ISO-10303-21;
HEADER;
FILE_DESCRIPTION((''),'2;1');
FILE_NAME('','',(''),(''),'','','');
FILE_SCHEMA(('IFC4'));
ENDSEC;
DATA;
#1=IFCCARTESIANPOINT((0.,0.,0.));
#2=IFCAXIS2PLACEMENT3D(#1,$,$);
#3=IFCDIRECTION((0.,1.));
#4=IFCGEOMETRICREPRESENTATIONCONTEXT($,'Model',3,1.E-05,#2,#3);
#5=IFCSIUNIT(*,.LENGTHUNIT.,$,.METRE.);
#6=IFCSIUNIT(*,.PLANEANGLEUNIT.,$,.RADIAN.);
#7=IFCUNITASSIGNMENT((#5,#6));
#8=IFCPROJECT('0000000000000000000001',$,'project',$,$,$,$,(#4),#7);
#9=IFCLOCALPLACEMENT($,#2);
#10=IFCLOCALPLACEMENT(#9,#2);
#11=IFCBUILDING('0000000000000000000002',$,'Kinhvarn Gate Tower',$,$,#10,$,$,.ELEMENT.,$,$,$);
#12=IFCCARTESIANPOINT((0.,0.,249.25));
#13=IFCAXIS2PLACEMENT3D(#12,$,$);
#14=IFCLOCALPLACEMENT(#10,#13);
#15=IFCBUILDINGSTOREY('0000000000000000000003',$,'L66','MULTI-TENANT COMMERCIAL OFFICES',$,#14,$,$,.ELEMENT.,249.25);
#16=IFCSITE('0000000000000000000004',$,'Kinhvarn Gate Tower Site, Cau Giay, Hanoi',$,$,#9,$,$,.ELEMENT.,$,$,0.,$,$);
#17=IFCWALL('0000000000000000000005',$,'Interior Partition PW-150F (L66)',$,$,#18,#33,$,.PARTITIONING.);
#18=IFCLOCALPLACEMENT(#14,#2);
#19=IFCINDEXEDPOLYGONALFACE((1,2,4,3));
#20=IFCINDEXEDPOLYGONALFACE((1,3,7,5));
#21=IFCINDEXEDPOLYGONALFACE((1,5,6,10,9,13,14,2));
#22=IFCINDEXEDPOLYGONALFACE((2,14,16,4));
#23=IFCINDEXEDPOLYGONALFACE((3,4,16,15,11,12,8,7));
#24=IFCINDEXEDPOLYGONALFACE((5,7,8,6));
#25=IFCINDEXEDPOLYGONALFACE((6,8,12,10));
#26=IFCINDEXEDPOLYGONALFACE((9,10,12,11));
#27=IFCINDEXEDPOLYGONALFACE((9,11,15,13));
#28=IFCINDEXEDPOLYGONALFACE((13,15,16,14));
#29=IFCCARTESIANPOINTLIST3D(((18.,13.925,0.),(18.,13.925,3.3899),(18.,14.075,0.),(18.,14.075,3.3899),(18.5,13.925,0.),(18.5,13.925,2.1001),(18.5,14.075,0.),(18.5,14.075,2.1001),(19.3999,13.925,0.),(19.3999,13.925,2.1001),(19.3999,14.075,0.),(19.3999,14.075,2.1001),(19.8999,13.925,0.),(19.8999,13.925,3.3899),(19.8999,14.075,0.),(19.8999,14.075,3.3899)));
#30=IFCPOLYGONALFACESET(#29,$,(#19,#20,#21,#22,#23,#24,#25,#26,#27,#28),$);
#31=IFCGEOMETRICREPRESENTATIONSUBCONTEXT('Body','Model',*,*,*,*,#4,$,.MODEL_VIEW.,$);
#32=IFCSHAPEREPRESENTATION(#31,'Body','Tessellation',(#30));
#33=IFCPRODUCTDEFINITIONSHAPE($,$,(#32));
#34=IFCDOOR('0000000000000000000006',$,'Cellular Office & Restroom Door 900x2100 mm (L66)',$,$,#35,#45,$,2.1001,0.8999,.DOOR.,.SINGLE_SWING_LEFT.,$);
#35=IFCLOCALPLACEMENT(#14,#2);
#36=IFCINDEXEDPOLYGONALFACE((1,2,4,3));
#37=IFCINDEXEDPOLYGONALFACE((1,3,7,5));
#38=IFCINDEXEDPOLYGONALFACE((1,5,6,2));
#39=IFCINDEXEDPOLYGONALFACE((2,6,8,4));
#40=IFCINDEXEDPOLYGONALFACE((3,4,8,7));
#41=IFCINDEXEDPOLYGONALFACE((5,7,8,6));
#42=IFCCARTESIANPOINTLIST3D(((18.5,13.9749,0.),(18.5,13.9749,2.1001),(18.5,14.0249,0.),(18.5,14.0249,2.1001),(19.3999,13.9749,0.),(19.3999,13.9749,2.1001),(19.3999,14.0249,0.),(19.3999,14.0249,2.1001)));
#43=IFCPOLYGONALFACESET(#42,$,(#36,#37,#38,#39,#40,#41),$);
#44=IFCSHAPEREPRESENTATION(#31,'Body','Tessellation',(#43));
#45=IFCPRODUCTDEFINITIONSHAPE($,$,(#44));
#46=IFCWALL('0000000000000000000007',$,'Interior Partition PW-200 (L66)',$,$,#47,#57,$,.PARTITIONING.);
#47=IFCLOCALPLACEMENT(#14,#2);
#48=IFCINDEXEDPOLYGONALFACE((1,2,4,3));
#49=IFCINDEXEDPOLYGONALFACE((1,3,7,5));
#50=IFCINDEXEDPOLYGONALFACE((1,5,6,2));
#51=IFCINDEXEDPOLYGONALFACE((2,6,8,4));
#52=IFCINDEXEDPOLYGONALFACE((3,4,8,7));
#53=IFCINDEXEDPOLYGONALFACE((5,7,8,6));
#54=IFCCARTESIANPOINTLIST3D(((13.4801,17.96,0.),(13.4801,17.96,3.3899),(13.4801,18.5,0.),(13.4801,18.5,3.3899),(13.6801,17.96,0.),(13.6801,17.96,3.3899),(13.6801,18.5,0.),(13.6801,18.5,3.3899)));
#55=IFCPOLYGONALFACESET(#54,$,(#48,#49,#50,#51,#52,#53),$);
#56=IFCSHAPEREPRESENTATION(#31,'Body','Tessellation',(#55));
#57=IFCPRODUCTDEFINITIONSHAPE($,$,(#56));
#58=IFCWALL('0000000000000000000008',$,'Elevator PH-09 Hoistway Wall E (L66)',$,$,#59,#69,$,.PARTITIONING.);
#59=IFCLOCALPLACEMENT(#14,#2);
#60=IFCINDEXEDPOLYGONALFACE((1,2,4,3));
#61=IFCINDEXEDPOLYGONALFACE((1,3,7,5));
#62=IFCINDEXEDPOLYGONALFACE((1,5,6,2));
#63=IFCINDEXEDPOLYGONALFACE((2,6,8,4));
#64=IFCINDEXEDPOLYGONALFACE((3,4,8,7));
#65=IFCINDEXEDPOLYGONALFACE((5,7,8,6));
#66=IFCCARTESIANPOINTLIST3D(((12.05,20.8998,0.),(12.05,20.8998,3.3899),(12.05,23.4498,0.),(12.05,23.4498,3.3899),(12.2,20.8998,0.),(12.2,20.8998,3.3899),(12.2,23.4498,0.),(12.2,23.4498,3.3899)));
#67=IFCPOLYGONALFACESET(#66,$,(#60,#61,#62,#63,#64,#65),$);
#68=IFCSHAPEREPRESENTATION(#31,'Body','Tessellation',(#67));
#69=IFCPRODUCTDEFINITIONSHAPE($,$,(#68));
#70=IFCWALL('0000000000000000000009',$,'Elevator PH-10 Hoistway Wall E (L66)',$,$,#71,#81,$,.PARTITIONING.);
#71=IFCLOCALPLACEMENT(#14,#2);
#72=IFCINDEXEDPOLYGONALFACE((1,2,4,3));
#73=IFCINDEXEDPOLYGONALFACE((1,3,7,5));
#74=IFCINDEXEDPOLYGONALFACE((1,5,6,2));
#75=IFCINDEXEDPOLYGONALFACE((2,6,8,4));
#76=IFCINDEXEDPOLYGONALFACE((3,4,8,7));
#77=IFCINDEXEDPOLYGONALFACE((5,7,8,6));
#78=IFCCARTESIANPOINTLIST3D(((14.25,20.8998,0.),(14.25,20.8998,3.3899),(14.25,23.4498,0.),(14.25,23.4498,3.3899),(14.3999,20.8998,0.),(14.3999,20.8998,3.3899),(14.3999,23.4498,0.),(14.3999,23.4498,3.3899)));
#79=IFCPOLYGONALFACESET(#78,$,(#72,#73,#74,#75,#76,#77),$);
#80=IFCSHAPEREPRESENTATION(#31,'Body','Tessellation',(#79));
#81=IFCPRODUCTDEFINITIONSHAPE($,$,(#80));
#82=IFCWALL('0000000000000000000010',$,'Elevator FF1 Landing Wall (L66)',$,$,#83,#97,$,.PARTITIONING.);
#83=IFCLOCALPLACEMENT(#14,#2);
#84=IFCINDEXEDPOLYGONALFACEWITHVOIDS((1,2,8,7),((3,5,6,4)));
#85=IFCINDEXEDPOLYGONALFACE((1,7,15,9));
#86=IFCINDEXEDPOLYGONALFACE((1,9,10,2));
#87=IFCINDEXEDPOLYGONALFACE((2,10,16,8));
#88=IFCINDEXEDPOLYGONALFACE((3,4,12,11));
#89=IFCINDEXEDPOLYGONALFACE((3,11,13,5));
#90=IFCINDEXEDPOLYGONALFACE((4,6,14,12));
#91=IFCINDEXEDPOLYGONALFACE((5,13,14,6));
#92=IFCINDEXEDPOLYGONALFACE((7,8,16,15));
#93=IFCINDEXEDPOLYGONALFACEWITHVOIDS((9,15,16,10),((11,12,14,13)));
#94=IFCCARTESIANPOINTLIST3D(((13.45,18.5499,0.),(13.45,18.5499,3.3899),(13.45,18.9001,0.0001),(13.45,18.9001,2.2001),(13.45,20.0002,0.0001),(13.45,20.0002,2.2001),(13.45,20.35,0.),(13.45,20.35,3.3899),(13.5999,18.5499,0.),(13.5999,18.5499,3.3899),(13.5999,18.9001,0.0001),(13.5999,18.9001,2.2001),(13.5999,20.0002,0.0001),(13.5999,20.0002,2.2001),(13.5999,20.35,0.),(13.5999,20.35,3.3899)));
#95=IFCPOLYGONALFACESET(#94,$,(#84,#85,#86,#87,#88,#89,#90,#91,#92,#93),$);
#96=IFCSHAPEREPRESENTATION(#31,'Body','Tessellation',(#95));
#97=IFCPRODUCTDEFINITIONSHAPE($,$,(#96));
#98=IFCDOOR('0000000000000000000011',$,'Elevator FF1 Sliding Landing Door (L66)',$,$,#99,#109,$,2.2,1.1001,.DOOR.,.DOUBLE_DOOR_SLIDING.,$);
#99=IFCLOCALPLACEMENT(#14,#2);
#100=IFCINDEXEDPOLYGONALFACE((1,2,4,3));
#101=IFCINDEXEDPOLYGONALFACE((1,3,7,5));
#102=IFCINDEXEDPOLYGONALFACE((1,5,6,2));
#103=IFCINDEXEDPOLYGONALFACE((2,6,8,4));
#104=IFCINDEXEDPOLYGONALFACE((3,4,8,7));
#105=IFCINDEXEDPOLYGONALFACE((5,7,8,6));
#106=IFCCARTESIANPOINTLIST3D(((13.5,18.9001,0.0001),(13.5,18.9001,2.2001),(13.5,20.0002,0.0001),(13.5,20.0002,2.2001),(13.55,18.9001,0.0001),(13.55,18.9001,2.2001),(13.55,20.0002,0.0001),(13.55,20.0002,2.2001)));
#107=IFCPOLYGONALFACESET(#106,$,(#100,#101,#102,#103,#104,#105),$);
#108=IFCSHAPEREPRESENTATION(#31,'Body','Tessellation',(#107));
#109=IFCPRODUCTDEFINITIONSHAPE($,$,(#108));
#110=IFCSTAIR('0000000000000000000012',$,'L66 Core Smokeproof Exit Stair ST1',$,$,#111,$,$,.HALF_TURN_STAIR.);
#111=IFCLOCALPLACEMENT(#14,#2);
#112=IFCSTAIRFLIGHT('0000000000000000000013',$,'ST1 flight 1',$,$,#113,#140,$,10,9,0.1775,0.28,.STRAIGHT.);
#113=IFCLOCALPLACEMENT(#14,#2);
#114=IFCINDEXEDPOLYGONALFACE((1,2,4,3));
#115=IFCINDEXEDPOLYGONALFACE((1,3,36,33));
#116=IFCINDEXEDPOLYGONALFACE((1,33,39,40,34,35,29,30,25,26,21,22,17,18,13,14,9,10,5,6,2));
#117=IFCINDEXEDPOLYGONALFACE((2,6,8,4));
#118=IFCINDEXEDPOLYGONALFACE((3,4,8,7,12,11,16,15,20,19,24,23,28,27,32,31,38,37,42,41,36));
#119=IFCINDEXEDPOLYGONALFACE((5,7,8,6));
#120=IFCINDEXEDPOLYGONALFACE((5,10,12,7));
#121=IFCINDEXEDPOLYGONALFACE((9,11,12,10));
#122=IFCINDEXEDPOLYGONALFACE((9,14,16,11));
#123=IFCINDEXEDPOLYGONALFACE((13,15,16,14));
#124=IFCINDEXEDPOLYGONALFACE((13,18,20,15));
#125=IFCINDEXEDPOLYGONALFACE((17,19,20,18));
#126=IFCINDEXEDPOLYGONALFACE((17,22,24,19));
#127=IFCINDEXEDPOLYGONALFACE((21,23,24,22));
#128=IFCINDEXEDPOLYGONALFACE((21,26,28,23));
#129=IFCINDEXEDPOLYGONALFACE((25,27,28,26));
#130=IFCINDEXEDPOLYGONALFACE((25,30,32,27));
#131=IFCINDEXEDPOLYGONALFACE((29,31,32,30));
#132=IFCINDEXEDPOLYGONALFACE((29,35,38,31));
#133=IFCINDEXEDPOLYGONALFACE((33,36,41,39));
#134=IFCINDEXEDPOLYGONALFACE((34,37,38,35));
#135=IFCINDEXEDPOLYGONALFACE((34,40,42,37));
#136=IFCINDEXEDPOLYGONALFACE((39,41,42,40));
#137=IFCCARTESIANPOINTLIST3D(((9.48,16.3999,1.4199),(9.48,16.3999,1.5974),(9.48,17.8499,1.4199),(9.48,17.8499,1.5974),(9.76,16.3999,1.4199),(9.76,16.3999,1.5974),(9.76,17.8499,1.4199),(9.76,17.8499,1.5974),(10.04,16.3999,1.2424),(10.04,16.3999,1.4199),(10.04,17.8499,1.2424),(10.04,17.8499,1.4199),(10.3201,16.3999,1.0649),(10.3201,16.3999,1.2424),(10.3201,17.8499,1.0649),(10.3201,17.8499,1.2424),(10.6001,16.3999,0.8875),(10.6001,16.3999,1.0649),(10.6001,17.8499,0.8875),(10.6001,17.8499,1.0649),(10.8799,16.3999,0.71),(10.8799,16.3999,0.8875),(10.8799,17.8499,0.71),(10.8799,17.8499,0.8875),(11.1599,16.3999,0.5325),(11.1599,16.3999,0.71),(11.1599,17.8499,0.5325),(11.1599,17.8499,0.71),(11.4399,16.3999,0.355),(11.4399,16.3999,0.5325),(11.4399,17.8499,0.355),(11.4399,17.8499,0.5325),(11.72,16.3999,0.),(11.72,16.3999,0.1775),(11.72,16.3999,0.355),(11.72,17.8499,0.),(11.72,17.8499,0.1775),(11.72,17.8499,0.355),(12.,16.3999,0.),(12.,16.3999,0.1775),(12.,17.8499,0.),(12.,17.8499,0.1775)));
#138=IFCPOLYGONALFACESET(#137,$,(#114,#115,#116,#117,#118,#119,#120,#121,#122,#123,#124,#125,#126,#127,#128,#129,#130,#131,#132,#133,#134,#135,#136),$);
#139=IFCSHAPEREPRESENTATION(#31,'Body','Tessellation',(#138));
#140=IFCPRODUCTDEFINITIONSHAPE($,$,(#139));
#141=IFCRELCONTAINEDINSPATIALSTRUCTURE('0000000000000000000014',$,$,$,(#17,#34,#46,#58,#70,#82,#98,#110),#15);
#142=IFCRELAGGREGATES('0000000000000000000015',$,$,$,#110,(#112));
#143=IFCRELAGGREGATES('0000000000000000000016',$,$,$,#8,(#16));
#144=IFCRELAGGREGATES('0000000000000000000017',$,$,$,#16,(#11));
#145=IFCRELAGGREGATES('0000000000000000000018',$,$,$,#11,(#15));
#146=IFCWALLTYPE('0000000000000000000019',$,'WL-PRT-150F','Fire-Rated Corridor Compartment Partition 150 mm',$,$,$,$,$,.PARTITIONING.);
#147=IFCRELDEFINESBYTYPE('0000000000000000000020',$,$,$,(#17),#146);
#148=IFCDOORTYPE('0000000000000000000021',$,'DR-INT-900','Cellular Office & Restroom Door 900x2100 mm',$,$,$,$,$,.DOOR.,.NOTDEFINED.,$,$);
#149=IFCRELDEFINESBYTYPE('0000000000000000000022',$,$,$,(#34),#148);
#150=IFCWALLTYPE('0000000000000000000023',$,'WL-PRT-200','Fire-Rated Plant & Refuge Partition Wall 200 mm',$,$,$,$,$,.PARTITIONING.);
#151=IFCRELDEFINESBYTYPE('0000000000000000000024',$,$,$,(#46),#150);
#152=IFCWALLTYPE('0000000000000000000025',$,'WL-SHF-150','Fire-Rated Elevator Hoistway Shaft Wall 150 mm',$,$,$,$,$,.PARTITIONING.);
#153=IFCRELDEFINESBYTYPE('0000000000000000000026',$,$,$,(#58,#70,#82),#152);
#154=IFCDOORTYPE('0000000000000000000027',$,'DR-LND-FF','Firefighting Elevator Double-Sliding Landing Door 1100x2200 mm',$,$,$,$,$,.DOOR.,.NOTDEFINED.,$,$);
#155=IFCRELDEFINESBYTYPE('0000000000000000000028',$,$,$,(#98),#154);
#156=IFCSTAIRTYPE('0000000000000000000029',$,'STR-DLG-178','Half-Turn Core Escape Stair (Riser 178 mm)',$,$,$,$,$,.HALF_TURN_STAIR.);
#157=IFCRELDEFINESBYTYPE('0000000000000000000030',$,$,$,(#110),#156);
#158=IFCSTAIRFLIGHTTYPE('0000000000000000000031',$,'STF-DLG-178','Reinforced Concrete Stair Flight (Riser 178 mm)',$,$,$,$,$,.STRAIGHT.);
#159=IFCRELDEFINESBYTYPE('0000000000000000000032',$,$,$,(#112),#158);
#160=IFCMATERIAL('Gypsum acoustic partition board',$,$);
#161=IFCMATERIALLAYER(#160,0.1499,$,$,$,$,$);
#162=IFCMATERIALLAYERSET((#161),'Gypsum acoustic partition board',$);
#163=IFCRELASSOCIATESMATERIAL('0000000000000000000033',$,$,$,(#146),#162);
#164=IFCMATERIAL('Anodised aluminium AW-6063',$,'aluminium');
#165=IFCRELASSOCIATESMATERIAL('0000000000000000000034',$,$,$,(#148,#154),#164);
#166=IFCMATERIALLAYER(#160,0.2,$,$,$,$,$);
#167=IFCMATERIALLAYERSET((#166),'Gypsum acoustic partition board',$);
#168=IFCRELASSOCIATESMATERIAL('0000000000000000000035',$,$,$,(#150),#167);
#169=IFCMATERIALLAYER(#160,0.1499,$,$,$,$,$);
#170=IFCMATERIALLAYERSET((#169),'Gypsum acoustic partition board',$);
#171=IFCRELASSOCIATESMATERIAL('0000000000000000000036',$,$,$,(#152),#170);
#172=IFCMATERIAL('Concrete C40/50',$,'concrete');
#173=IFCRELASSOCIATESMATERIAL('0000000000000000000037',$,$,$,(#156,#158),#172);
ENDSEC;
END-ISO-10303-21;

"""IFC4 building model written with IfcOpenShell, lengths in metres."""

from ifc_helpers import new_model, si_unit, direction, frame, frame_2d, origin, place, context, subcontext, project, spatial, polyline, rectangle, outline, extrude, material, layer, layer_set, type_object, element, fill, aggregate, save


model = new_model("IFC4")

# Units and contexts
model_context = context("Model", 3, precision=1e-05, world=origin(), true_north=direction((0.0, 1.0)))
body_context = subcontext(model_context, "Body", "Model", "MODEL_VIEW")
ifc_project = project(units=[si_unit("LENGTHUNIT", "METRE"), si_unit("PLANEANGLEUNIT", "RADIAN")], contexts=[model_context])

# Site, building, storey
site_placement = place(None, origin())
site = spatial("IfcSite", under=ifc_project, at=site_placement, Name="Kinhvarn Gate Tower Site, Cau Giay, Hanoi", CompositionType="ELEMENT", RefElevation=0.0)
building_placement = place(site_placement, origin())
building = spatial("IfcBuilding", under=site, at=building_placement, Name="Kinhvarn Gate Tower", CompositionType="ELEMENT")
storey_placement = place(building_placement, frame((0.0, 0.0, 249.25)))
storey = spatial("IfcBuildingStorey", under=building, at=storey_placement, Name="L66", Description="MULTI-TENANT COMMERCIAL OFFICES", CompositionType="ELEMENT", Elevation=249.25)

# Shared definitions
ifc_material_1 = material(Name="Anodised aluminium AW-6063", Category="aluminium")

# Shared definitions
ifc_material_2 = material(Name="Gypsum acoustic partition board")
ifc_layer_1 = layer(ifc_material_2, 0.1499)
ifc_layer_set_1 = layer_set([ifc_layer_1], Name="Gypsum acoustic partition board")
wall_type_1 = type_object("IfcWallType", Name="WL-PRT-150F", Description="Fire-Rated Corridor Compartment Partition 150 mm", PredefinedType="PARTITIONING", material=ifc_layer_set_1)

# Wall, opening, door
door_type_1 = type_object("IfcDoorType", Name="DR-INT-900", Description="Cellular Office & Restroom Door 900x2100 mm", OperationType="NOTDEFINED", PredefinedType="DOOR", material=ifc_material_1)
wall_1_placement = place(storey_placement, frame((18.0, 14.0, 0.0), z_axis=(0.0, 0.0, 1.0), x_axis=(1.0, 0.0, 0.0)))
wall_1 = element("IfcWall", 1, at=wall_1_placement, inside=storey, type_object=wall_type_1, Name="Interior Partition PW-150F (L66)", PredefinedType="PARTITIONING", context=body_context, shape_type="SweptSolid", body=[
    extrude(rectangle(XDim=1.8999, YDim=0.1499, at=frame_2d((0.95, 0.0))), origin(), (0.0, 0.0, 1.0), 3.3899),
])
opening_1_placement = place(wall_1_placement, frame((0.5, 0.0, 0.0)))
opening_1 = element("IfcOpeningElement", 2, at=opening_1_placement, cuts=wall_1, PredefinedType="OPENING", context=body_context, shape_type="SweptSolid", body=[
    extrude(rectangle(XDim=0.8999, YDim=2.1001, at=frame_2d((0.45, 1.05))), frame((0.0, 0.085, 0.0), z_axis=(0.0, -1.0, 0.0), x_axis=(1.0, 0.0, 0.0)), (0.0, 0.0, 1.0), 0.1699),
])
door_1_placement = place(opening_1_placement, origin())
door_1 = element("IfcDoor", 3, at=door_1_placement, inside=storey, type_object=door_type_1, Name="Cellular Office & Restroom Door 900x2100 mm (L66)", OperationType="SINGLE_SWING_LEFT", OverallHeight=2.1001, OverallWidth=0.8999, PredefinedType="DOOR", context=body_context, shape_type="SweptSolid", body=[
    extrude(rectangle(XDim=0.8999, YDim=2.1001, at=frame_2d((0.45, 1.05))), frame((0.0, 0.0249, 0.0), z_axis=(0.0, -1.0, 0.0), x_axis=(1.0, 0.0, 0.0)), (0.0, 0.0, 1.0), 0.05),
])
fill(opening_1, door_1)

# Walls
ifc_layer_2 = layer(ifc_material_2, 0.2)
ifc_layer_set_2 = layer_set([ifc_layer_2], Name="Gypsum acoustic partition board")
wall_type_2 = type_object("IfcWallType", Name="WL-PRT-200", Description="Fire-Rated Plant & Refuge Partition Wall 200 mm", PredefinedType="PARTITIONING", material=ifc_layer_set_2)
wall_2_placement = place(storey_placement, frame((13.5801, 17.96, 0.0), z_axis=(0.0, 0.0, 1.0), x_axis=(0.0, 1.0, 0.0)))
element("IfcWall", 4, at=wall_2_placement, inside=storey, type_object=wall_type_2, Name="Interior Partition PW-200 (L66)", PredefinedType="PARTITIONING", context=body_context, shape_type="SweptSolid", body=[
    extrude(rectangle(XDim=0.54, YDim=0.2, at=frame_2d((0.27, 0.0))), origin(), (0.0, 0.0, 1.0), 3.3899),
])
ifc_layer_3 = layer(ifc_material_2, 0.1499)
ifc_layer_set_3 = layer_set([ifc_layer_3], Name="Gypsum acoustic partition board")
wall_type_3 = type_object("IfcWallType", Name="WL-SHF-150", Description="Fire-Rated Elevator Hoistway Shaft Wall 150 mm", PredefinedType="PARTITIONING", material=ifc_layer_set_3)
for number, where, z_axis, x_axis, name in (
    (5, (12.125, 20.8999, 0.0), (0.0, 0.0, 1.0), (0.0, 1.0, 0.0), "Elevator PH-09 Hoistway Wall E (L66)"),
    (6, (14.325, 20.8999, 0.0), (0.0, 0.0, 1.0), (0.0, 1.0, 0.0), "Elevator PH-10 Hoistway Wall E (L66)"),
):
    element("IfcWall", number, at=place(storey_placement, frame(where, z_axis=z_axis, x_axis=x_axis)), inside=storey, type_object=wall_type_3, Name=name, PredefinedType="PARTITIONING", context=body_context, shape_type="SweptSolid", body=[
        extrude(rectangle(XDim=2.55, YDim=0.1499, at=frame_2d((1.2749, 0.0))), origin(), (0.0, 0.0, 1.0), 3.3899),
    ])

# Wall, opening, door
wall_3_placement = place(storey_placement, frame((13.5249, 18.55, 0.0), z_axis=(0.0, 0.0, 1.0), x_axis=(0.0, 1.0, 0.0)))
wall_3 = element("IfcWall", 7, at=wall_3_placement, inside=storey, type_object=wall_type_3, Name="Elevator FF1 Landing Wall (L66)", PredefinedType="PARTITIONING", context=body_context, shape_type="SweptSolid", body=[
    extrude(rectangle(XDim=1.8, YDim=0.1499, at=frame_2d((0.8999, 0.0))), origin(), (0.0, 0.0, 1.0), 3.3899),
])
opening_2_placement = place(wall_3_placement, frame((0.3501, 0.0, 0.0)))
opening_2 = element("IfcOpeningElement", 8, at=opening_2_placement, cuts=wall_3, PredefinedType="OPENING", context=body_context, shape_type="SweptSolid", body=[
    extrude(rectangle(XDim=1.1001, YDim=2.2, at=frame_2d((0.55, 1.1001))), frame((0.0, 0.085, 0.0), z_axis=(0.0, -1.0, 0.0), x_axis=(1.0, 0.0, 0.0)), (0.0, 0.0, 1.0), 0.1699),
])
door_type_2 = type_object("IfcDoorType", Name="DR-LND-FF", Description="Firefighting Elevator Double-Sliding Landing Door 1100x2200 mm", OperationType="NOTDEFINED", PredefinedType="DOOR", material=ifc_material_1)
door_2_placement = place(opening_2_placement, origin())
door_2 = element("IfcDoor", 9, at=door_2_placement, inside=storey, type_object=door_type_2, Name="Elevator FF1 Sliding Landing Door (L66)", OperationType="DOUBLE_DOOR_SLIDING", OverallHeight=2.2, OverallWidth=1.1001, PredefinedType="DOOR", context=body_context, shape_type="SweptSolid", body=[
    extrude(rectangle(XDim=1.1001, YDim=2.2, at=frame_2d((0.55, 1.1001))), frame((0.0, 0.0249, 0.0), z_axis=(0.0, -1.0, 0.0), x_axis=(1.0, 0.0, 0.0)), (0.0, 0.0, 1.0), 0.05),
])
fill(opening_2, door_2)
ifc_material_3 = material(Name="Concrete C40/50", Category="concrete")

# Stair, stair flight
stair_type = type_object("IfcStairType", Name="STR-DLG-178", Description="Half-Turn Core Escape Stair (Riser 178 mm)", PredefinedType="HALF_TURN_STAIR", material=ifc_material_3)
stair_placement = place(storey_placement, origin())
stair = element("IfcStair", 10, at=stair_placement, inside=storey, type_object=stair_type, Name="L66 Core Smokeproof Exit Stair ST1", PredefinedType="HALF_TURN_STAIR")
stair_flight_type = type_object("IfcStairFlightType", Name="STF-DLG-178", Description="Reinforced Concrete Stair Flight (Riser 178 mm)", PredefinedType="STRAIGHT", material=ifc_material_3)
stair_flight_placement = place(storey_placement, frame((12.0, 17.125, 0.0), z_axis=(0.0, 0.0, 1.0), x_axis=(-1.0, 0.0, 0.0)))
stair_flight = element("IfcStairFlight", 11, at=stair_flight_placement, type_object=stair_flight_type, Name="ST1 flight 1", NumberOfRisers=10, NumberOfTreads=9, PredefinedType="STRAIGHT", RiserHeight=0.1775, TreadLength=0.28, context=body_context, shape_type="SweptSolid", body=[
    extrude(outline(polyline([(0.0, 0.0), (0.0, 0.1775), (0.28, 0.1775), (0.28, 0.355), (0.5601, 0.355), (0.5601, 0.5325), (0.8401, 0.5325), (0.8401, 0.71), (1.1201, 0.71), (1.1201, 0.8875), (1.3999, 0.8875), (1.3999, 1.0649), (1.6799, 1.0649), (1.6799, 1.2424), (1.96, 1.2424), (1.96, 1.4199), (2.24, 1.4199), (2.24, 1.5974), (2.52, 1.5974), (2.52, 1.7749), (2.52, 1.4199), (0.28, 0.0), (0.0, 0.0)])), frame((0.0, 0.7251, 0.0), z_axis=(0.0, -1.0, 0.0), x_axis=(1.0, 0.0, 0.0)), (0.0, 0.0, 1.0), 1.45),
])
aggregate(stair, [stair_flight])

save(model, "model.ifc")
